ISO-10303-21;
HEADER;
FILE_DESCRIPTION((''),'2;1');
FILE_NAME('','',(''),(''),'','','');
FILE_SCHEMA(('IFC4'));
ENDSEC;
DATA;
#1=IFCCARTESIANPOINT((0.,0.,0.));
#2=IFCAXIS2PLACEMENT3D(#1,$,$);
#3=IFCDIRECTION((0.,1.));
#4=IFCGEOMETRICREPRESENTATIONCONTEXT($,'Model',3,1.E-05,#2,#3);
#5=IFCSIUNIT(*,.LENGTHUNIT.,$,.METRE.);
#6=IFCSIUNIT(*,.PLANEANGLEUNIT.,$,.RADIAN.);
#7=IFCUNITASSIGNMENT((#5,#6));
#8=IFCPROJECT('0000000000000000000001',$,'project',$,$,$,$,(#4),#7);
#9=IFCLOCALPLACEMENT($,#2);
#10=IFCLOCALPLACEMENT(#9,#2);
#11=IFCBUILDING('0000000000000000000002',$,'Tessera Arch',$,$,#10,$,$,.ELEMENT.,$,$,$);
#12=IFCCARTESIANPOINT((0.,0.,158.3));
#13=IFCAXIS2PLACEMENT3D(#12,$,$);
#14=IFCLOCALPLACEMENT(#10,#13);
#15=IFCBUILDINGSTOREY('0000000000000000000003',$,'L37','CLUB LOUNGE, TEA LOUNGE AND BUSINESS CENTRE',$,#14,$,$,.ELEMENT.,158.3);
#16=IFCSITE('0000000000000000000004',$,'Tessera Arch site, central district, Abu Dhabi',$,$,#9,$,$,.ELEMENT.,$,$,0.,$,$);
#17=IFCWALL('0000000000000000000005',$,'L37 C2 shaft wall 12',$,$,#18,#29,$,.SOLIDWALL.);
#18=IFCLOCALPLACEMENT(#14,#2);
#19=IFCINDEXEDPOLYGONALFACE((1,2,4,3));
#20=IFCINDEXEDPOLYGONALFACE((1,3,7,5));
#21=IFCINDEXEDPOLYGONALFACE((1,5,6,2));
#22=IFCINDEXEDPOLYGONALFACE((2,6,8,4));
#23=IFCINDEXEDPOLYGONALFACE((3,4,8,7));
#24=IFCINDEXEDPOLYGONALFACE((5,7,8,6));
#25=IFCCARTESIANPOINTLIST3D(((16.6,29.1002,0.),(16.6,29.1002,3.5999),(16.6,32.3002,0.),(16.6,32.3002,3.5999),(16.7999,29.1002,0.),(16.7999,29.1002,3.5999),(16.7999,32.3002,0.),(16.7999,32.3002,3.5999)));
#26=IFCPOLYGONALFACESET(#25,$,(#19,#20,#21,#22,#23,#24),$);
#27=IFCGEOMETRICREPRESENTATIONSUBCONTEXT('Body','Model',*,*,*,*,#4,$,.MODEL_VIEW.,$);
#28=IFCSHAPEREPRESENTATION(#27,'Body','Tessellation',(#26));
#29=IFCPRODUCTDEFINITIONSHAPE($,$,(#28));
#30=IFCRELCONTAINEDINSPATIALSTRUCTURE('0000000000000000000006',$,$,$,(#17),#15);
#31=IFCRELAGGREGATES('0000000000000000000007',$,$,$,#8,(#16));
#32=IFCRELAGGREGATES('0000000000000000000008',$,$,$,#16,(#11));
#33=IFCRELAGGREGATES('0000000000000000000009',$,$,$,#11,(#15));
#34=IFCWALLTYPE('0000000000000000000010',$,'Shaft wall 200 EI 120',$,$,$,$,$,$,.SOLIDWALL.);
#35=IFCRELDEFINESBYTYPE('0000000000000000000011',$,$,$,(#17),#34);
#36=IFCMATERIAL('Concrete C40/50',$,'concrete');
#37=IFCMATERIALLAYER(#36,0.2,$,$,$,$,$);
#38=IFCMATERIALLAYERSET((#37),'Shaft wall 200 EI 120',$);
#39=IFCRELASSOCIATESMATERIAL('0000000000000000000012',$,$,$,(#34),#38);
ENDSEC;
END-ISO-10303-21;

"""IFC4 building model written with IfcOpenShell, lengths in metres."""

from ifc_helpers import new_model, si_unit, direction, frame, frame_2d, origin, place, context, subcontext, project, spatial, rectangle, extrude, material, layer, layer_set, type_object, element, save


model = new_model("IFC4")

# Units and contexts
model_context = context("Model", 3, precision=1e-05, world=origin(), true_north=direction((0.0, 1.0)))
body_context = subcontext(model_context, "Body", "Model", "MODEL_VIEW")
ifc_project = project(units=[si_unit("LENGTHUNIT", "METRE"), si_unit("PLANEANGLEUNIT", "RADIAN")], contexts=[model_context])

# Site, building, storey
site_placement = place(None, origin())
site = spatial("IfcSite", under=ifc_project, at=site_placement, Name="Tessera Arch site, central district, Abu Dhabi", CompositionType="ELEMENT", RefElevation=0.0)
building_placement = place(site_placement, origin())
building = spatial("IfcBuilding", under=site, at=building_placement, Name="Tessera Arch", CompositionType="ELEMENT")
storey_placement = place(building_placement, frame((0.0, 0.0, 158.3)))
storey = spatial("IfcBuildingStorey", under=building, at=storey_placement, Name="L37", Description="CLUB LOUNGE, TEA LOUNGE AND BUSINESS CENTRE", CompositionType="ELEMENT", Elevation=158.3)

# Wall
ifc_material_1 = material(Name="Concrete C40/50", Category="concrete")
ifc_layer_1 = layer(ifc_material_1, 0.2)
ifc_layer_set_1 = layer_set([ifc_layer_1], Name="Shaft wall 200 EI 120")
wall_type_1 = type_object("IfcWallType", Name="Shaft wall 200 EI 120", PredefinedType="SOLIDWALL", material=ifc_layer_set_1)
wall_1_placement = place(storey_placement, frame((16.7, 29.1001, 0.0), z_axis=(0.0, 0.0, 1.0), x_axis=(0.0, 1.0, 0.0)))
element("IfcWall", 1, at=wall_1_placement, inside=storey, type_object=wall_type_1, Name="L37 C2 shaft wall 12", PredefinedType="SOLIDWALL", context=body_context, shape_type="SweptSolid", body=[
    extrude(rectangle(XDim=3.2, YDim=0.2, at=frame_2d((1.6001, 0.0))), origin(), (0.0, 0.0, 1.0), 3.5999),
])

save(model, "model.ifc")
